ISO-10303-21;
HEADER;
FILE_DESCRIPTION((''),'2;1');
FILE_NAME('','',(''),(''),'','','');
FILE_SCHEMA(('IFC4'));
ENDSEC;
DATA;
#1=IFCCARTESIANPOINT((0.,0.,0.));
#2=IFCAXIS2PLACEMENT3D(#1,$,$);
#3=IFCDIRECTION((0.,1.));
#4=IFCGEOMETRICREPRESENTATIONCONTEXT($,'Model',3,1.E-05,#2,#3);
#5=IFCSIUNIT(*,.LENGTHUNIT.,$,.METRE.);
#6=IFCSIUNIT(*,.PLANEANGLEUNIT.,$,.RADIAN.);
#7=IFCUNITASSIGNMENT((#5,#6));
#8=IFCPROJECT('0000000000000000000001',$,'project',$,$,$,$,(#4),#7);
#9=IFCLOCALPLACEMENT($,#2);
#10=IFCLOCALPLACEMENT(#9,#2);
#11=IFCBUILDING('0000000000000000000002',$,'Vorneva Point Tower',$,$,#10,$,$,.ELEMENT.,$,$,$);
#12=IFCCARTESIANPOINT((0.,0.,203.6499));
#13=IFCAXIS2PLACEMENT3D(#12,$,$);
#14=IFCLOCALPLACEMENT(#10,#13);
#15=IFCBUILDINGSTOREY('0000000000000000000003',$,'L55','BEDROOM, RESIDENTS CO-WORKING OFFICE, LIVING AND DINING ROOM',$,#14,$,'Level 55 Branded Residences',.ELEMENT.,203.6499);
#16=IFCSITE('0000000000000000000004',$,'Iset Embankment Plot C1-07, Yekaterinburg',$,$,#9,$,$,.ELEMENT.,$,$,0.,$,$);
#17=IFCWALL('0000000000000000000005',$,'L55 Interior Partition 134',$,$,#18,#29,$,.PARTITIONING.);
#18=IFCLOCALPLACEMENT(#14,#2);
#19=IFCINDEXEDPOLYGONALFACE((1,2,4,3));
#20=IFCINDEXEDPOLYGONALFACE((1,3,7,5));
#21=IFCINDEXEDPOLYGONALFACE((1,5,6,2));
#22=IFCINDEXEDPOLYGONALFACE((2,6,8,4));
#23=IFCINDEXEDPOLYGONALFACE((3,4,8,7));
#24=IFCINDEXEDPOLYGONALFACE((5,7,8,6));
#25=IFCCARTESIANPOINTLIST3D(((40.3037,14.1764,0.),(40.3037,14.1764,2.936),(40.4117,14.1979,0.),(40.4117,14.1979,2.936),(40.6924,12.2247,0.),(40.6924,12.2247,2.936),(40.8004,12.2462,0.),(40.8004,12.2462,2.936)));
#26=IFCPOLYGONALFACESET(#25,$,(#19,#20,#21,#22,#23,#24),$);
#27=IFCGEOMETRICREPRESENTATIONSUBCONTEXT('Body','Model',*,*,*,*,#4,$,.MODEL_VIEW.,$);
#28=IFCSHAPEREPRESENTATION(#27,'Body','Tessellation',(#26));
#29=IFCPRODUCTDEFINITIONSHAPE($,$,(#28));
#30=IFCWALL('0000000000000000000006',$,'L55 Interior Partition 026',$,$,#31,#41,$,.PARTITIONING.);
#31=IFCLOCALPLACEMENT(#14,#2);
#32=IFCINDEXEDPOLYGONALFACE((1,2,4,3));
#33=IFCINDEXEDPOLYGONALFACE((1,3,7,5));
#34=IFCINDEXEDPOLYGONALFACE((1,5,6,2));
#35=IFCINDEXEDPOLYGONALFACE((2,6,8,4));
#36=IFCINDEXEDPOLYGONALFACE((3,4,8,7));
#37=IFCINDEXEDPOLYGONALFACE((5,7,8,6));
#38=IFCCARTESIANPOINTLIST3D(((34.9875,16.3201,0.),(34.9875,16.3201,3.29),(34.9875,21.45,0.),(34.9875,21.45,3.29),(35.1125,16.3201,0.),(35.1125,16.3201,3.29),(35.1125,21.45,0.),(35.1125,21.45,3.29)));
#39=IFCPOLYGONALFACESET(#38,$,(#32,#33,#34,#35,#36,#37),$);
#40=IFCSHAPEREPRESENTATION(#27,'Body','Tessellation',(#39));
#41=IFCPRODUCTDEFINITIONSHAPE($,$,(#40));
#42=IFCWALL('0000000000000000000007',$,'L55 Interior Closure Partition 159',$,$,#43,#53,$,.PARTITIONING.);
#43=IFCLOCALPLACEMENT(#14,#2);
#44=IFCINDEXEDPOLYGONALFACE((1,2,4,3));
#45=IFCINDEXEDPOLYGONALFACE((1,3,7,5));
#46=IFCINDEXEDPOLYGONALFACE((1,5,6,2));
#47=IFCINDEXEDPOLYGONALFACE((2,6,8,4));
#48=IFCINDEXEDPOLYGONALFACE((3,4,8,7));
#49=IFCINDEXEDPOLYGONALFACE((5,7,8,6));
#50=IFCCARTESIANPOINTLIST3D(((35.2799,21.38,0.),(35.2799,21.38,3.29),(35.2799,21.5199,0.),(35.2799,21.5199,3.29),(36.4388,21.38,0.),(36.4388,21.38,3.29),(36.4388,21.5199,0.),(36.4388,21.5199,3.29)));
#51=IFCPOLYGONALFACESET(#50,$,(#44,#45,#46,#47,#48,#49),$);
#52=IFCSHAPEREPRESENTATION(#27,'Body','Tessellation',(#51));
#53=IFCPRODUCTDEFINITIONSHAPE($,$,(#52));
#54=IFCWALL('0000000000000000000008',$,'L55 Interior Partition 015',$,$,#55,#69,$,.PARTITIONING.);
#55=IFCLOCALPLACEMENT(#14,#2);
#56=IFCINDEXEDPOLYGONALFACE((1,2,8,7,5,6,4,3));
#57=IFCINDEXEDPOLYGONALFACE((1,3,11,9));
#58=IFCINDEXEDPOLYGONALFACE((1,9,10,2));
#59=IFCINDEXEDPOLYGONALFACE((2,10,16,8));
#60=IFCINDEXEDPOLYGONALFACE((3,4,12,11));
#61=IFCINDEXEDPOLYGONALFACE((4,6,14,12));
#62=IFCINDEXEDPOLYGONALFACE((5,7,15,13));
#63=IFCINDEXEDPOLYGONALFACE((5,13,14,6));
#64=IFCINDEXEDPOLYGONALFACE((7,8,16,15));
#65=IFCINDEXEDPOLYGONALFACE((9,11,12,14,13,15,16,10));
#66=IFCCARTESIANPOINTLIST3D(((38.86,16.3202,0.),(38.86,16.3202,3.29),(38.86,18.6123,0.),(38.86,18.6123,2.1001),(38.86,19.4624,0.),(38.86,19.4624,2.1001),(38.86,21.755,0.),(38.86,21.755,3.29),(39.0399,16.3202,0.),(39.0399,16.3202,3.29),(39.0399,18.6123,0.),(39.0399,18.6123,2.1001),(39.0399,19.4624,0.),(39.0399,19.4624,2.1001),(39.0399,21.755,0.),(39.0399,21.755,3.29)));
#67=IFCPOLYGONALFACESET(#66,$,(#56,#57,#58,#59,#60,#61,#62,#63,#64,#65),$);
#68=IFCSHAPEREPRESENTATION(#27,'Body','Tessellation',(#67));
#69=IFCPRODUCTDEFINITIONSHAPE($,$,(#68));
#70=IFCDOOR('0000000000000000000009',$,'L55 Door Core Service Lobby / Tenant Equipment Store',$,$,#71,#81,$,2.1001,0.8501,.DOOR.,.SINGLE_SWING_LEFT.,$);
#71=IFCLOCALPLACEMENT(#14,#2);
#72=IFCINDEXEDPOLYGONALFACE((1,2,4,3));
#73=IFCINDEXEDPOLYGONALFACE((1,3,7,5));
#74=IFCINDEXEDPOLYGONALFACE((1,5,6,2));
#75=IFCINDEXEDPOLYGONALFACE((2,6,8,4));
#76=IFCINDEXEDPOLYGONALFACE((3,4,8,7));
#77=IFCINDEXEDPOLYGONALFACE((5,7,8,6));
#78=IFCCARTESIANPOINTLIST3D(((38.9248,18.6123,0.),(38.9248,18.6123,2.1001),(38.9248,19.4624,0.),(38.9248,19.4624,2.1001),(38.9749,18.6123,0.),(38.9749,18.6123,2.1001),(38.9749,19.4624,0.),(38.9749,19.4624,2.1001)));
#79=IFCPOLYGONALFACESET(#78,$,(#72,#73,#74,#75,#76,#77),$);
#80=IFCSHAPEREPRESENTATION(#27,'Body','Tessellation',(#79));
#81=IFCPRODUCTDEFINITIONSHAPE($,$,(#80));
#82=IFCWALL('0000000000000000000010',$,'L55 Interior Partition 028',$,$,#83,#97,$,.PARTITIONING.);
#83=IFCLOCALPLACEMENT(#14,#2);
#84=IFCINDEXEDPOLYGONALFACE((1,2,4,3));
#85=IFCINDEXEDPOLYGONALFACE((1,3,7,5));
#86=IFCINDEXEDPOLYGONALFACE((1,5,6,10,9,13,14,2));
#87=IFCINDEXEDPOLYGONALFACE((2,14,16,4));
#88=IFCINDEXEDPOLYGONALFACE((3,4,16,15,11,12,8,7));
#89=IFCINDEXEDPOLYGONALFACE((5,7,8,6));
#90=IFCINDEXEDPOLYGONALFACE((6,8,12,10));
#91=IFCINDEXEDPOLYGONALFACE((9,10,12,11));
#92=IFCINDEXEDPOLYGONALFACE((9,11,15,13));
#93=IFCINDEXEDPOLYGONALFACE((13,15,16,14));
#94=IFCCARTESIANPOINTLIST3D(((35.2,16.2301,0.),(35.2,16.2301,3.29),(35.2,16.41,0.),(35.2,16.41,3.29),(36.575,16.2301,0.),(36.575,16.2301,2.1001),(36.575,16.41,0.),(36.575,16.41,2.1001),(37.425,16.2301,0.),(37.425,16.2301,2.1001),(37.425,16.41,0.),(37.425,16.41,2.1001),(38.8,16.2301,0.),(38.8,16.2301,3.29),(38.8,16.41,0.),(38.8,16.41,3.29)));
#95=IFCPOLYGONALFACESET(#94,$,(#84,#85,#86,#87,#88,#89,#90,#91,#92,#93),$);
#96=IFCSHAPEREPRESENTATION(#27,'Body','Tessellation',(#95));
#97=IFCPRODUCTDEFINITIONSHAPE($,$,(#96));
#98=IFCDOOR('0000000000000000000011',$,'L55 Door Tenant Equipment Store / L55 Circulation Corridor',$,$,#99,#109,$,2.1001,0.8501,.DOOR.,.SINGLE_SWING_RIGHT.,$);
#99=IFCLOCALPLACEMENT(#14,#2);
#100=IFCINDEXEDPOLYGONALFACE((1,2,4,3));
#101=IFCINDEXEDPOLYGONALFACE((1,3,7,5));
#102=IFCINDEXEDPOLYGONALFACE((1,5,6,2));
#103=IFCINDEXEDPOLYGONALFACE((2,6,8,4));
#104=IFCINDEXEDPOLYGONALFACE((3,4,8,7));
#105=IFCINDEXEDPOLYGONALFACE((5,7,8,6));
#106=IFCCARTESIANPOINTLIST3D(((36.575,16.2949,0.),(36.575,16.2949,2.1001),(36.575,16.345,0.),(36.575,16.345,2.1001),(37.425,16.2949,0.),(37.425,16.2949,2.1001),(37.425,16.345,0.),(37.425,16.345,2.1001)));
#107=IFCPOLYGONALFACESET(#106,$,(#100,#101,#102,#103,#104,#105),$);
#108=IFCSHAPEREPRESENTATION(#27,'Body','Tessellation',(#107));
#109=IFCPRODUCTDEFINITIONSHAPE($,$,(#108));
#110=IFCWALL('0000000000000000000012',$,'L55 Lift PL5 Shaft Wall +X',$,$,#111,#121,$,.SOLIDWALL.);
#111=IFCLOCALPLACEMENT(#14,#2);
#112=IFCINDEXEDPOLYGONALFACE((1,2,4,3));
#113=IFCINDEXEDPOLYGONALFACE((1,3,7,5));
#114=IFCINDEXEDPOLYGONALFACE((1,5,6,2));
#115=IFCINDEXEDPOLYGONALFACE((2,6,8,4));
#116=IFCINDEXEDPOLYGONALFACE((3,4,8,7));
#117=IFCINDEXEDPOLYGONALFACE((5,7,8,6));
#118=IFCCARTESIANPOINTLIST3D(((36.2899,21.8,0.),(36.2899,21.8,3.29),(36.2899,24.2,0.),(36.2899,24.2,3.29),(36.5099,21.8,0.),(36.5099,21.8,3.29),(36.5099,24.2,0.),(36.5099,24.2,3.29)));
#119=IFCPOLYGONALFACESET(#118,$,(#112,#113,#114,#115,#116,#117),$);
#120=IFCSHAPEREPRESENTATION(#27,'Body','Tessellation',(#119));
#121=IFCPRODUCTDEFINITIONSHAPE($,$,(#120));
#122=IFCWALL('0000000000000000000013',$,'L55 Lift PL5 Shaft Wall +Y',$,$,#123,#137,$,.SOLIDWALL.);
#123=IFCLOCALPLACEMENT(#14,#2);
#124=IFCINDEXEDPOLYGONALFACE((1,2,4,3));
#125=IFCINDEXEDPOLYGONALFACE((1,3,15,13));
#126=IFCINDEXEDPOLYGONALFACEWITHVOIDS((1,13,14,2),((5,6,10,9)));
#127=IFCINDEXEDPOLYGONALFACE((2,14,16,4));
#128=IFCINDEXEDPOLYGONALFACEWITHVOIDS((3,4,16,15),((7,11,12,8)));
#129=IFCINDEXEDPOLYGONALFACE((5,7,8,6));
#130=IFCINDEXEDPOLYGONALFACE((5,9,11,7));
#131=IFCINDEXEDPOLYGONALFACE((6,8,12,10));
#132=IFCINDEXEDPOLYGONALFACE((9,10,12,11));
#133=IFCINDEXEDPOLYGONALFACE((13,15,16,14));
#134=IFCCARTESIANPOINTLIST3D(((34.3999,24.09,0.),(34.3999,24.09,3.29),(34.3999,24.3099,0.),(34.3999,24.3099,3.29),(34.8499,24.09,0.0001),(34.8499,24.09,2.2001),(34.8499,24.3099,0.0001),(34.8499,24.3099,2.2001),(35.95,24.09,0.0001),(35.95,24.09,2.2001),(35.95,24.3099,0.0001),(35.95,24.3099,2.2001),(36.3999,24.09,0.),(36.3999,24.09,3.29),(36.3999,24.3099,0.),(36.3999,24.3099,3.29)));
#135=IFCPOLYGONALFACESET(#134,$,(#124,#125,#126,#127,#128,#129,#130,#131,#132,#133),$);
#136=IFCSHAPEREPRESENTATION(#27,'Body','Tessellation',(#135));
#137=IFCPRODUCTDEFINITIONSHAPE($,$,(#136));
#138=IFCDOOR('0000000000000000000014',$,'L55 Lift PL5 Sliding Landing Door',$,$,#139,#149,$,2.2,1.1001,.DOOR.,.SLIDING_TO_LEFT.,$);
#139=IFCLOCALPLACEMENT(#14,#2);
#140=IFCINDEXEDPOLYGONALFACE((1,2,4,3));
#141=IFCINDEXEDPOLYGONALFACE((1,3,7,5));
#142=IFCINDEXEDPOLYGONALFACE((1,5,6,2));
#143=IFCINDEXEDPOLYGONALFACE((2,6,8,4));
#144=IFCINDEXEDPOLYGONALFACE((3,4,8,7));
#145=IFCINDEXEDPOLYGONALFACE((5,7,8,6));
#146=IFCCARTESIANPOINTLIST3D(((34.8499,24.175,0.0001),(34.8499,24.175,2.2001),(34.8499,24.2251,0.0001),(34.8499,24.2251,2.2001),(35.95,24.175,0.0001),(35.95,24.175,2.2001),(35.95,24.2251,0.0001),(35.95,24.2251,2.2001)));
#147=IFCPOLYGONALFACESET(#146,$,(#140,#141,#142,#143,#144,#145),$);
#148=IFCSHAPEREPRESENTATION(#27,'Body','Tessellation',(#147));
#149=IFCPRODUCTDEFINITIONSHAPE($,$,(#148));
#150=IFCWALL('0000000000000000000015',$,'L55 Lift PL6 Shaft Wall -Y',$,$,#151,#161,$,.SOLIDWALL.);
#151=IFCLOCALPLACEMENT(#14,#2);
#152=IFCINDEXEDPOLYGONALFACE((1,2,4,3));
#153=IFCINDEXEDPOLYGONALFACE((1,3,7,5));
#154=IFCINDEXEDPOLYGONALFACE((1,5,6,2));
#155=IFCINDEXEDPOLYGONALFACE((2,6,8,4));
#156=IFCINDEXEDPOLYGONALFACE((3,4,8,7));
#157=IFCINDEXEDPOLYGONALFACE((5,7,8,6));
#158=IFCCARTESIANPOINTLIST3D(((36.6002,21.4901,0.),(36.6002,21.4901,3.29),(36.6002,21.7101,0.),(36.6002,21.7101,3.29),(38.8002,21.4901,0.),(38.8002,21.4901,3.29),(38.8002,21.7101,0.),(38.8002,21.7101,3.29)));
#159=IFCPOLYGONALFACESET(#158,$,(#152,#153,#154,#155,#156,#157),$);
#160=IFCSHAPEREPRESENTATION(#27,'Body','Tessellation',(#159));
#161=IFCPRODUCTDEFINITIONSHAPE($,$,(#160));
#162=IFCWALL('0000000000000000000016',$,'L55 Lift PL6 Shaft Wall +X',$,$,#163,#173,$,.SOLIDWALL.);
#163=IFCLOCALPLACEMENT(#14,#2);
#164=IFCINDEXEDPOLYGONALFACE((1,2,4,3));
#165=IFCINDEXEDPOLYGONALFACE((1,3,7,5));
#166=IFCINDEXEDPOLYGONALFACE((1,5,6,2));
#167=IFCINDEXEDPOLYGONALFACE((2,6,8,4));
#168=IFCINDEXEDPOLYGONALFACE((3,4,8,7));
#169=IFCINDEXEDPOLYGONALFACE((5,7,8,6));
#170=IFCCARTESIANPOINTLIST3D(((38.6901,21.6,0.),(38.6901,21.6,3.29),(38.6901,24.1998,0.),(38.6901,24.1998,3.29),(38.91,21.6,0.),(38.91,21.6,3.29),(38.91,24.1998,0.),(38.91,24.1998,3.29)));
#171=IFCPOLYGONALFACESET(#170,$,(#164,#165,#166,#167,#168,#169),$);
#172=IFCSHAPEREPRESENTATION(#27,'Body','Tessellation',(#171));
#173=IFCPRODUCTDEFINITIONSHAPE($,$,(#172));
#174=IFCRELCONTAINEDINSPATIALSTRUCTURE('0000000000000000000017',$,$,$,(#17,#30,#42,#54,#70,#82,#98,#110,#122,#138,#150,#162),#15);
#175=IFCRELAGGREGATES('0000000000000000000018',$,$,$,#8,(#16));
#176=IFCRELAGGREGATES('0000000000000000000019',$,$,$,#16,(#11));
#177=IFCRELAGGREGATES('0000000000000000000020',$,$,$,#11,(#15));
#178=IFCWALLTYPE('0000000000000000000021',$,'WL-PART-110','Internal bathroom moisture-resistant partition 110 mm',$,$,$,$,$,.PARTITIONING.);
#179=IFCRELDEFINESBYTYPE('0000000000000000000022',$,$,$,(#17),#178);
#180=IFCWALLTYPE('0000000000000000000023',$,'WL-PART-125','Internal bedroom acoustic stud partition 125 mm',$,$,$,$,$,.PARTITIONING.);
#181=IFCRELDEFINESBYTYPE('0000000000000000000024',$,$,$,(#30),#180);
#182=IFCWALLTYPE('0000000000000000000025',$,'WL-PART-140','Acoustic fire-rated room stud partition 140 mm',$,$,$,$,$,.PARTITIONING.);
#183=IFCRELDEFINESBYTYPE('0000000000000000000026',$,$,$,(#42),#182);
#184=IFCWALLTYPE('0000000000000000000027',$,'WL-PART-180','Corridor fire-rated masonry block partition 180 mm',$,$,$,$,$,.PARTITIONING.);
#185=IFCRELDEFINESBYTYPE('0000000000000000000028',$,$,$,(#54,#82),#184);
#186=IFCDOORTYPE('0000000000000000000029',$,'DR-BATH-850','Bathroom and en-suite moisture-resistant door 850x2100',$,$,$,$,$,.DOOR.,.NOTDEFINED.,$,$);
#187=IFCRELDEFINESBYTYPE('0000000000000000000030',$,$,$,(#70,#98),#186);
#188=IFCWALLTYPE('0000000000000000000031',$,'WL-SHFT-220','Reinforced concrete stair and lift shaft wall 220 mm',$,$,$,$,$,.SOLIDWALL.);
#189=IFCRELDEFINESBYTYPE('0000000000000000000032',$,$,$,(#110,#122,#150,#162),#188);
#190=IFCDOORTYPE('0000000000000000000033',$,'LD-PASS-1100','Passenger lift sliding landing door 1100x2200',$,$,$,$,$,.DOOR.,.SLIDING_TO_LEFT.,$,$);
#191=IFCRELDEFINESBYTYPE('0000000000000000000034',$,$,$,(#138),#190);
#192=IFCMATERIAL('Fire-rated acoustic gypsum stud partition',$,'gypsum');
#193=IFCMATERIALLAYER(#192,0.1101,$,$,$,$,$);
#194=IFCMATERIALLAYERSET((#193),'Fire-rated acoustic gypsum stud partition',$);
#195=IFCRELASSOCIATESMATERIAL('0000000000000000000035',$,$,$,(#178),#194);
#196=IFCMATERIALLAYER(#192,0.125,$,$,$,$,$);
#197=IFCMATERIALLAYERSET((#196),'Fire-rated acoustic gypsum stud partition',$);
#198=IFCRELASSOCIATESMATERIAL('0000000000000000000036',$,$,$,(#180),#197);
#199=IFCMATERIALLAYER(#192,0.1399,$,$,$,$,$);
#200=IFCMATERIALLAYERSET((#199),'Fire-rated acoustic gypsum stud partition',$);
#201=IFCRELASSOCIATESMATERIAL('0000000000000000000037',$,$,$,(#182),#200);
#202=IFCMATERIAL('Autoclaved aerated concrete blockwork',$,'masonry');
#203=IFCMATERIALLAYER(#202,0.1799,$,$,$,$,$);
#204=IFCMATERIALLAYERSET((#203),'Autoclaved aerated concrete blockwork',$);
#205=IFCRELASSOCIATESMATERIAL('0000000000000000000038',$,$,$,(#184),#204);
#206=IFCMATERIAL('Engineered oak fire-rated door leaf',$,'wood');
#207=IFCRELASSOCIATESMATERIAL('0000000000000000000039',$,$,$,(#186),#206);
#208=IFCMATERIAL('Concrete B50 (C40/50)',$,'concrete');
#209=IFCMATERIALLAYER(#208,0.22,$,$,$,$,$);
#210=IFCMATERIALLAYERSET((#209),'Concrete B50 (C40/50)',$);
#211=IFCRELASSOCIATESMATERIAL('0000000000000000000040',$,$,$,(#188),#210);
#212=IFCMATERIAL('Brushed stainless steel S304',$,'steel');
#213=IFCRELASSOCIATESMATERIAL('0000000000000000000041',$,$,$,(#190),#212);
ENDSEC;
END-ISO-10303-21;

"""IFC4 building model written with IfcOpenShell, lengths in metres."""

from ifc_helpers import new_model, si_unit, direction, frame, frame_2d, origin, place, context, subcontext, project, spatial, rectangle, extrude, material, layer, layer_set, type_object, element, fill, save


model = new_model("IFC4")

# Units and contexts
model_context = context("Model", 3, precision=1e-05, world=origin(), true_north=direction((0.0, 1.0)))
body_context = subcontext(model_context, "Body", "Model", "MODEL_VIEW")
ifc_project = project(units=[si_unit("LENGTHUNIT", "METRE"), si_unit("PLANEANGLEUNIT", "RADIAN")], contexts=[model_context])

# Site, building, storey
site_placement = place(None, origin())
site = spatial("IfcSite", under=ifc_project, at=site_placement, Name="Iset Embankment Plot C1-07, Yekaterinburg", CompositionType="ELEMENT", RefElevation=0.0)
building_placement = place(site_placement, origin())
building = spatial("IfcBuilding", under=site, at=building_placement, Name="Vorneva Point Tower", CompositionType="ELEMENT")
storey_placement = place(building_placement, frame((0.0, 0.0, 203.6499)))
storey = spatial("IfcBuildingStorey", under=building, at=storey_placement, Name="L55", Description="BEDROOM, RESIDENTS CO-WORKING OFFICE, LIVING AND DINING ROOM", LongName="Level 55 Branded Residences", CompositionType="ELEMENT", Elevation=203.6499)

# Walls
ifc_material_1 = material(Name="Fire-rated acoustic gypsum stud partition", Category="gypsum")
ifc_layer_1 = layer(ifc_material_1, 0.1101)
ifc_layer_set_1 = layer_set([ifc_layer_1], Name="Fire-rated acoustic gypsum stud partition")
wall_type_1 = type_object("IfcWallType", Name="WL-PART-110", Description="Internal bathroom moisture-resistant partition 110 mm", PredefinedType="PARTITIONING", material=ifc_layer_set_1)
wall_1_placement = place(storey_placement, frame((40.3577, 14.1873, 0.0), z_axis=(0.0, 0.0, 1.0), x_axis=(0.195314, -0.980741, 0.0)))
element("IfcWall", 1, at=wall_1_placement, inside=storey, type_object=wall_type_1, Name="L55 Interior Partition 134", PredefinedType="PARTITIONING", context=body_context, shape_type="SweptSolid", body=[
    extrude(rectangle(XDim=1.99, YDim=0.1101, at=frame_2d((0.9951, 0.0))), origin(), (0.0, 0.0, 1.0), 2.936),
])
ifc_layer_2 = layer(ifc_material_1, 0.125)
ifc_layer_set_2 = layer_set([ifc_layer_2], Name="Fire-rated acoustic gypsum stud partition")
wall_type_2 = type_object("IfcWallType", Name="WL-PART-125", Description="Internal bedroom acoustic stud partition 125 mm", PredefinedType="PARTITIONING", material=ifc_layer_set_2)
wall_2_placement = place(storey_placement, frame((35.05, 16.3201, 0.0), z_axis=(0.0, 0.0, 1.0), x_axis=(0.0, 1.0, 0.0)))
element("IfcWall", 2, at=wall_2_placement, inside=storey, type_object=wall_type_2, Name="L55 Interior Partition 026", PredefinedType="PARTITIONING", context=body_context, shape_type="SweptSolid", body=[
    extrude(rectangle(XDim=5.1299, YDim=0.125, at=frame_2d((2.5649, 0.0))), origin(), (0.0, 0.0, 1.0), 3.29),
])
ifc_layer_3 = layer(ifc_material_1, 0.1399)
ifc_layer_set_3 = layer_set([ifc_layer_3], Name="Fire-rated acoustic gypsum stud partition")
wall_type_3 = type_object("IfcWallType", Name="WL-PART-140", Description="Acoustic fire-rated room stud partition 140 mm", PredefinedType="PARTITIONING", material=ifc_layer_set_3)
wall_3_placement = place(storey_placement, frame((36.439, 21.45, 0.0), z_axis=(0.0, 0.0, 1.0), x_axis=(-1.0, 0.0, 0.0)))
element("IfcWall", 3, at=wall_3_placement, inside=storey, type_object=wall_type_3, Name="L55 Interior Closure Partition 159", PredefinedType="PARTITIONING", context=body_context, shape_type="SweptSolid", body=[
    extrude(rectangle(XDim=1.1589, YDim=0.1399, at=frame_2d((0.5796, 0.0))), origin(), (0.0, 0.0, 1.0), 3.29),
])

# Walls, openings, doors
ifc_material_2 = material(Name="Autoclaved aerated concrete blockwork", Category="masonry")
ifc_layer_4 = layer(ifc_material_2, 0.1799)
ifc_layer_set_4 = layer_set([ifc_layer_4], Name="Autoclaved aerated concrete blockwork")
wall_type_4 = type_object("IfcWallType", Name="WL-PART-180", Description="Corridor fire-rated masonry block partition 180 mm", PredefinedType="PARTITIONING", material=ifc_layer_set_4)
wall_4_placement = place(storey_placement, frame((38.95, 21.7549, 0.0), z_axis=(0.0, 0.0, 1.0), x_axis=(0.0, -1.0, 0.0)))
wall_4 = element("IfcWall", 4, at=wall_4_placement, inside=storey, type_object=wall_type_4, Name="L55 Interior Partition 015", PredefinedType="PARTITIONING", context=body_context, shape_type="SweptSolid", body=[
    extrude(rectangle(XDim=5.4348, YDim=0.1799, at=frame_2d((2.7173, 0.0))), origin(), (0.0, 0.0, 1.0), 3.29),
])
opening_1_placement = place(wall_4_placement, frame((2.2925, 0.0, 0.0)))
opening_1 = element("IfcOpeningElement", 5, at=opening_1_placement, cuts=wall_4, PredefinedType="OPENING", context=body_context, shape_type="SweptSolid", body=[
    extrude(rectangle(XDim=0.8501, YDim=2.1001, at=frame_2d((0.425, 1.05))), frame((0.0, 0.105, 0.0), z_axis=(0.0, -1.0, 0.0), x_axis=(1.0, 0.0, 0.0)), (0.0, 0.0, 1.0), 0.2097),
])
ifc_material_3 = material(Name="Engineered oak fire-rated door leaf", Category="wood")
door_type_1 = type_object("IfcDoorType", Name="DR-BATH-850", Description="Bathroom and en-suite moisture-resistant door 850x2100", OperationType="NOTDEFINED", PredefinedType="DOOR", material=ifc_material_3)
door_1_placement = place(opening_1_placement, origin())
door_1 = element("IfcDoor", 6, at=door_1_placement, inside=storey, type_object=door_type_1, Name="L55 Door Core Service Lobby / Tenant Equipment Store", OperationType="SINGLE_SWING_LEFT", OverallHeight=2.1001, OverallWidth=0.8501, PredefinedType="DOOR", context=body_context, shape_type="SweptSolid", body=[
    extrude(rectangle(XDim=0.8501, YDim=2.1001, at=frame_2d((0.425, 1.05))), frame((0.0, 0.0249, 0.0), z_axis=(0.0, -1.0, 0.0), x_axis=(1.0, 0.0, 0.0)), (0.0, 0.0, 1.0), 0.05),
])
fill(opening_1, door_1)
wall_5_placement = place(storey_placement, frame((35.2, 16.3201, 0.0), z_axis=(0.0, 0.0, 1.0), x_axis=(1.0, 0.0, 0.0)))
wall_5 = element("IfcWall", 7, at=wall_5_placement, inside=storey, type_object=wall_type_4, Name="L55 Interior Partition 028", PredefinedType="PARTITIONING", context=body_context, shape_type="SweptSolid", body=[
    extrude(rectangle(XDim=3.6001, YDim=0.1799, at=frame_2d((1.8, 0.0))), origin(), (0.0, 0.0, 1.0), 3.29),
])
opening_2_placement = place(wall_5_placement, frame((1.375, 0.0, 0.0)))
opening_2 = element("IfcOpeningElement", 8, at=opening_2_placement, cuts=wall_5, PredefinedType="OPENING", context=body_context, shape_type="SweptSolid", body=[
    extrude(rectangle(XDim=0.8501, YDim=2.1001, at=frame_2d((0.425, 1.05))), frame((0.0, 0.105, 0.0), z_axis=(0.0, -1.0, 0.0), x_axis=(1.0, 0.0, 0.0)), (0.0, 0.0, 1.0), 0.2097),
])
door_2_placement = place(opening_2_placement, origin())
door_2 = element("IfcDoor", 9, at=door_2_placement, inside=storey, type_object=door_type_1, Name="L55 Door Tenant Equipment Store / L55 Circulation Corridor", OperationType="SINGLE_SWING_RIGHT", OverallHeight=2.1001, OverallWidth=0.8501, PredefinedType="DOOR", context=body_context, shape_type="SweptSolid", body=[
    extrude(rectangle(XDim=0.8501, YDim=2.1001, at=frame_2d((0.425, 1.05))), frame((0.0, 0.0249, 0.0), z_axis=(0.0, -1.0, 0.0), x_axis=(1.0, 0.0, 0.0)), (0.0, 0.0, 1.0), 0.05),
])
fill(opening_2, door_2)

# Wall
ifc_material_4 = material(Name="Concrete B50 (C40/50)", Category="concrete")
ifc_layer_5 = layer(ifc_material_4, 0.22)
ifc_layer_set_5 = layer_set([ifc_layer_5], Name="Concrete B50 (C40/50)")
wall_type_5 = type_object("IfcWallType", Name="WL-SHFT-220", Description="Reinforced concrete stair and lift shaft wall 220 mm", PredefinedType="SOLIDWALL", material=ifc_layer_set_5)
wall_6_placement = place(storey_placement, frame((36.3999, 21.8, 0.0), z_axis=(0.0, 0.0, 1.0), x_axis=(0.0, 1.0, 0.0)))
element("IfcWall", 10, at=wall_6_placement, inside=storey, type_object=wall_type_5, Name="L55 Lift PL5 Shaft Wall +X", PredefinedType="SOLIDWALL", context=body_context, shape_type="SweptSolid", body=[
    extrude(rectangle(XDim=2.3999, YDim=0.22, at=frame_2d((1.2, 0.0))), origin(), (0.0, 0.0, 1.0), 3.29),
])

# Wall, opening, door
wall_7_placement = place(storey_placement, frame((36.3999, 24.2, 0.0), z_axis=(0.0, 0.0, 1.0), x_axis=(-1.0, 0.0, 0.0)))
wall_7 = element("IfcWall", 11, at=wall_7_placement, inside=storey, type_object=wall_type_5, Name="L55 Lift PL5 Shaft Wall +Y", PredefinedType="SOLIDWALL", context=body_context, shape_type="SweptSolid", body=[
    extrude(rectangle(XDim=2.0, YDim=0.22, at=frame_2d((1.0, 0.0))), origin(), (0.0, 0.0, 1.0), 3.29),
])
opening_3_placement = place(wall_7_placement, frame((0.45, 0.0, 0.0)))
opening_3 = element("IfcOpeningElement", 12, at=opening_3_placement, cuts=wall_7, PredefinedType="OPENING", context=body_context, shape_type="SweptSolid", body=[
    extrude(rectangle(XDim=1.1001, YDim=2.2, at=frame_2d((0.55, 1.1001))), frame((0.0, 0.125, 0.0), z_axis=(0.0, -1.0, 0.0), x_axis=(1.0, 0.0, 0.0)), (0.0, 0.0, 1.0), 0.2498),
])
ifc_material_5 = material(Name="Brushed stainless steel S304", Category="steel")
door_type_2 = type_object("IfcDoorType", Name="LD-PASS-1100", Description="Passenger lift sliding landing door 1100x2200", OperationType="SLIDING_TO_LEFT", PredefinedType="DOOR", material=ifc_material_5)
door_3_placement = place(opening_3_placement, origin())
door_3 = element("IfcDoor", 13, at=door_3_placement, inside=storey, type_object=door_type_2, Name="L55 Lift PL5 Sliding Landing Door", OperationType="SLIDING_TO_LEFT", OverallHeight=2.2, OverallWidth=1.1001, PredefinedType="DOOR", context=body_context, shape_type="SweptSolid", body=[
    extrude(rectangle(XDim=1.1001, YDim=2.2, at=frame_2d((0.55, 1.1001))), frame((0.0, 0.0249, 0.0), z_axis=(0.0, -1.0, 0.0), x_axis=(1.0, 0.0, 0.0)), (0.0, 0.0, 1.0), 0.05),
])
fill(opening_3, door_3)

# Walls
wall_8_placement = place(storey_placement, frame((36.6001, 21.6001, 0.0), z_axis=(0.0, 0.0, 1.0), x_axis=(1.0, 0.0, 0.0)))
element("IfcWall", 14, at=wall_8_placement, inside=storey, type_object=wall_type_5, Name="L55 Lift PL6 Shaft Wall -Y", PredefinedType="SOLIDWALL", context=body_context, shape_type="SweptSolid", body=[
    extrude(rectangle(XDim=2.2, YDim=0.22, at=frame_2d((1.1001, 0.0))), origin(), (0.0, 0.0, 1.0), 3.29),
])
wall_9_placement = place(storey_placement, frame((38.8, 21.6001, 0.0), z_axis=(0.0, 0.0, 1.0), x_axis=(0.0, 1.0, 0.0)))
element("IfcWall", 15, at=wall_9_placement, inside=storey, type_object=wall_type_5, Name="L55 Lift PL6 Shaft Wall +X", PredefinedType="SOLIDWALL", context=body_context, shape_type="SweptSolid", body=[
    extrude(rectangle(XDim=2.5999, YDim=0.22, at=frame_2d((1.2998, 0.0))), origin(), (0.0, 0.0, 1.0), 3.29),
])

save(model, "model.ifc")
